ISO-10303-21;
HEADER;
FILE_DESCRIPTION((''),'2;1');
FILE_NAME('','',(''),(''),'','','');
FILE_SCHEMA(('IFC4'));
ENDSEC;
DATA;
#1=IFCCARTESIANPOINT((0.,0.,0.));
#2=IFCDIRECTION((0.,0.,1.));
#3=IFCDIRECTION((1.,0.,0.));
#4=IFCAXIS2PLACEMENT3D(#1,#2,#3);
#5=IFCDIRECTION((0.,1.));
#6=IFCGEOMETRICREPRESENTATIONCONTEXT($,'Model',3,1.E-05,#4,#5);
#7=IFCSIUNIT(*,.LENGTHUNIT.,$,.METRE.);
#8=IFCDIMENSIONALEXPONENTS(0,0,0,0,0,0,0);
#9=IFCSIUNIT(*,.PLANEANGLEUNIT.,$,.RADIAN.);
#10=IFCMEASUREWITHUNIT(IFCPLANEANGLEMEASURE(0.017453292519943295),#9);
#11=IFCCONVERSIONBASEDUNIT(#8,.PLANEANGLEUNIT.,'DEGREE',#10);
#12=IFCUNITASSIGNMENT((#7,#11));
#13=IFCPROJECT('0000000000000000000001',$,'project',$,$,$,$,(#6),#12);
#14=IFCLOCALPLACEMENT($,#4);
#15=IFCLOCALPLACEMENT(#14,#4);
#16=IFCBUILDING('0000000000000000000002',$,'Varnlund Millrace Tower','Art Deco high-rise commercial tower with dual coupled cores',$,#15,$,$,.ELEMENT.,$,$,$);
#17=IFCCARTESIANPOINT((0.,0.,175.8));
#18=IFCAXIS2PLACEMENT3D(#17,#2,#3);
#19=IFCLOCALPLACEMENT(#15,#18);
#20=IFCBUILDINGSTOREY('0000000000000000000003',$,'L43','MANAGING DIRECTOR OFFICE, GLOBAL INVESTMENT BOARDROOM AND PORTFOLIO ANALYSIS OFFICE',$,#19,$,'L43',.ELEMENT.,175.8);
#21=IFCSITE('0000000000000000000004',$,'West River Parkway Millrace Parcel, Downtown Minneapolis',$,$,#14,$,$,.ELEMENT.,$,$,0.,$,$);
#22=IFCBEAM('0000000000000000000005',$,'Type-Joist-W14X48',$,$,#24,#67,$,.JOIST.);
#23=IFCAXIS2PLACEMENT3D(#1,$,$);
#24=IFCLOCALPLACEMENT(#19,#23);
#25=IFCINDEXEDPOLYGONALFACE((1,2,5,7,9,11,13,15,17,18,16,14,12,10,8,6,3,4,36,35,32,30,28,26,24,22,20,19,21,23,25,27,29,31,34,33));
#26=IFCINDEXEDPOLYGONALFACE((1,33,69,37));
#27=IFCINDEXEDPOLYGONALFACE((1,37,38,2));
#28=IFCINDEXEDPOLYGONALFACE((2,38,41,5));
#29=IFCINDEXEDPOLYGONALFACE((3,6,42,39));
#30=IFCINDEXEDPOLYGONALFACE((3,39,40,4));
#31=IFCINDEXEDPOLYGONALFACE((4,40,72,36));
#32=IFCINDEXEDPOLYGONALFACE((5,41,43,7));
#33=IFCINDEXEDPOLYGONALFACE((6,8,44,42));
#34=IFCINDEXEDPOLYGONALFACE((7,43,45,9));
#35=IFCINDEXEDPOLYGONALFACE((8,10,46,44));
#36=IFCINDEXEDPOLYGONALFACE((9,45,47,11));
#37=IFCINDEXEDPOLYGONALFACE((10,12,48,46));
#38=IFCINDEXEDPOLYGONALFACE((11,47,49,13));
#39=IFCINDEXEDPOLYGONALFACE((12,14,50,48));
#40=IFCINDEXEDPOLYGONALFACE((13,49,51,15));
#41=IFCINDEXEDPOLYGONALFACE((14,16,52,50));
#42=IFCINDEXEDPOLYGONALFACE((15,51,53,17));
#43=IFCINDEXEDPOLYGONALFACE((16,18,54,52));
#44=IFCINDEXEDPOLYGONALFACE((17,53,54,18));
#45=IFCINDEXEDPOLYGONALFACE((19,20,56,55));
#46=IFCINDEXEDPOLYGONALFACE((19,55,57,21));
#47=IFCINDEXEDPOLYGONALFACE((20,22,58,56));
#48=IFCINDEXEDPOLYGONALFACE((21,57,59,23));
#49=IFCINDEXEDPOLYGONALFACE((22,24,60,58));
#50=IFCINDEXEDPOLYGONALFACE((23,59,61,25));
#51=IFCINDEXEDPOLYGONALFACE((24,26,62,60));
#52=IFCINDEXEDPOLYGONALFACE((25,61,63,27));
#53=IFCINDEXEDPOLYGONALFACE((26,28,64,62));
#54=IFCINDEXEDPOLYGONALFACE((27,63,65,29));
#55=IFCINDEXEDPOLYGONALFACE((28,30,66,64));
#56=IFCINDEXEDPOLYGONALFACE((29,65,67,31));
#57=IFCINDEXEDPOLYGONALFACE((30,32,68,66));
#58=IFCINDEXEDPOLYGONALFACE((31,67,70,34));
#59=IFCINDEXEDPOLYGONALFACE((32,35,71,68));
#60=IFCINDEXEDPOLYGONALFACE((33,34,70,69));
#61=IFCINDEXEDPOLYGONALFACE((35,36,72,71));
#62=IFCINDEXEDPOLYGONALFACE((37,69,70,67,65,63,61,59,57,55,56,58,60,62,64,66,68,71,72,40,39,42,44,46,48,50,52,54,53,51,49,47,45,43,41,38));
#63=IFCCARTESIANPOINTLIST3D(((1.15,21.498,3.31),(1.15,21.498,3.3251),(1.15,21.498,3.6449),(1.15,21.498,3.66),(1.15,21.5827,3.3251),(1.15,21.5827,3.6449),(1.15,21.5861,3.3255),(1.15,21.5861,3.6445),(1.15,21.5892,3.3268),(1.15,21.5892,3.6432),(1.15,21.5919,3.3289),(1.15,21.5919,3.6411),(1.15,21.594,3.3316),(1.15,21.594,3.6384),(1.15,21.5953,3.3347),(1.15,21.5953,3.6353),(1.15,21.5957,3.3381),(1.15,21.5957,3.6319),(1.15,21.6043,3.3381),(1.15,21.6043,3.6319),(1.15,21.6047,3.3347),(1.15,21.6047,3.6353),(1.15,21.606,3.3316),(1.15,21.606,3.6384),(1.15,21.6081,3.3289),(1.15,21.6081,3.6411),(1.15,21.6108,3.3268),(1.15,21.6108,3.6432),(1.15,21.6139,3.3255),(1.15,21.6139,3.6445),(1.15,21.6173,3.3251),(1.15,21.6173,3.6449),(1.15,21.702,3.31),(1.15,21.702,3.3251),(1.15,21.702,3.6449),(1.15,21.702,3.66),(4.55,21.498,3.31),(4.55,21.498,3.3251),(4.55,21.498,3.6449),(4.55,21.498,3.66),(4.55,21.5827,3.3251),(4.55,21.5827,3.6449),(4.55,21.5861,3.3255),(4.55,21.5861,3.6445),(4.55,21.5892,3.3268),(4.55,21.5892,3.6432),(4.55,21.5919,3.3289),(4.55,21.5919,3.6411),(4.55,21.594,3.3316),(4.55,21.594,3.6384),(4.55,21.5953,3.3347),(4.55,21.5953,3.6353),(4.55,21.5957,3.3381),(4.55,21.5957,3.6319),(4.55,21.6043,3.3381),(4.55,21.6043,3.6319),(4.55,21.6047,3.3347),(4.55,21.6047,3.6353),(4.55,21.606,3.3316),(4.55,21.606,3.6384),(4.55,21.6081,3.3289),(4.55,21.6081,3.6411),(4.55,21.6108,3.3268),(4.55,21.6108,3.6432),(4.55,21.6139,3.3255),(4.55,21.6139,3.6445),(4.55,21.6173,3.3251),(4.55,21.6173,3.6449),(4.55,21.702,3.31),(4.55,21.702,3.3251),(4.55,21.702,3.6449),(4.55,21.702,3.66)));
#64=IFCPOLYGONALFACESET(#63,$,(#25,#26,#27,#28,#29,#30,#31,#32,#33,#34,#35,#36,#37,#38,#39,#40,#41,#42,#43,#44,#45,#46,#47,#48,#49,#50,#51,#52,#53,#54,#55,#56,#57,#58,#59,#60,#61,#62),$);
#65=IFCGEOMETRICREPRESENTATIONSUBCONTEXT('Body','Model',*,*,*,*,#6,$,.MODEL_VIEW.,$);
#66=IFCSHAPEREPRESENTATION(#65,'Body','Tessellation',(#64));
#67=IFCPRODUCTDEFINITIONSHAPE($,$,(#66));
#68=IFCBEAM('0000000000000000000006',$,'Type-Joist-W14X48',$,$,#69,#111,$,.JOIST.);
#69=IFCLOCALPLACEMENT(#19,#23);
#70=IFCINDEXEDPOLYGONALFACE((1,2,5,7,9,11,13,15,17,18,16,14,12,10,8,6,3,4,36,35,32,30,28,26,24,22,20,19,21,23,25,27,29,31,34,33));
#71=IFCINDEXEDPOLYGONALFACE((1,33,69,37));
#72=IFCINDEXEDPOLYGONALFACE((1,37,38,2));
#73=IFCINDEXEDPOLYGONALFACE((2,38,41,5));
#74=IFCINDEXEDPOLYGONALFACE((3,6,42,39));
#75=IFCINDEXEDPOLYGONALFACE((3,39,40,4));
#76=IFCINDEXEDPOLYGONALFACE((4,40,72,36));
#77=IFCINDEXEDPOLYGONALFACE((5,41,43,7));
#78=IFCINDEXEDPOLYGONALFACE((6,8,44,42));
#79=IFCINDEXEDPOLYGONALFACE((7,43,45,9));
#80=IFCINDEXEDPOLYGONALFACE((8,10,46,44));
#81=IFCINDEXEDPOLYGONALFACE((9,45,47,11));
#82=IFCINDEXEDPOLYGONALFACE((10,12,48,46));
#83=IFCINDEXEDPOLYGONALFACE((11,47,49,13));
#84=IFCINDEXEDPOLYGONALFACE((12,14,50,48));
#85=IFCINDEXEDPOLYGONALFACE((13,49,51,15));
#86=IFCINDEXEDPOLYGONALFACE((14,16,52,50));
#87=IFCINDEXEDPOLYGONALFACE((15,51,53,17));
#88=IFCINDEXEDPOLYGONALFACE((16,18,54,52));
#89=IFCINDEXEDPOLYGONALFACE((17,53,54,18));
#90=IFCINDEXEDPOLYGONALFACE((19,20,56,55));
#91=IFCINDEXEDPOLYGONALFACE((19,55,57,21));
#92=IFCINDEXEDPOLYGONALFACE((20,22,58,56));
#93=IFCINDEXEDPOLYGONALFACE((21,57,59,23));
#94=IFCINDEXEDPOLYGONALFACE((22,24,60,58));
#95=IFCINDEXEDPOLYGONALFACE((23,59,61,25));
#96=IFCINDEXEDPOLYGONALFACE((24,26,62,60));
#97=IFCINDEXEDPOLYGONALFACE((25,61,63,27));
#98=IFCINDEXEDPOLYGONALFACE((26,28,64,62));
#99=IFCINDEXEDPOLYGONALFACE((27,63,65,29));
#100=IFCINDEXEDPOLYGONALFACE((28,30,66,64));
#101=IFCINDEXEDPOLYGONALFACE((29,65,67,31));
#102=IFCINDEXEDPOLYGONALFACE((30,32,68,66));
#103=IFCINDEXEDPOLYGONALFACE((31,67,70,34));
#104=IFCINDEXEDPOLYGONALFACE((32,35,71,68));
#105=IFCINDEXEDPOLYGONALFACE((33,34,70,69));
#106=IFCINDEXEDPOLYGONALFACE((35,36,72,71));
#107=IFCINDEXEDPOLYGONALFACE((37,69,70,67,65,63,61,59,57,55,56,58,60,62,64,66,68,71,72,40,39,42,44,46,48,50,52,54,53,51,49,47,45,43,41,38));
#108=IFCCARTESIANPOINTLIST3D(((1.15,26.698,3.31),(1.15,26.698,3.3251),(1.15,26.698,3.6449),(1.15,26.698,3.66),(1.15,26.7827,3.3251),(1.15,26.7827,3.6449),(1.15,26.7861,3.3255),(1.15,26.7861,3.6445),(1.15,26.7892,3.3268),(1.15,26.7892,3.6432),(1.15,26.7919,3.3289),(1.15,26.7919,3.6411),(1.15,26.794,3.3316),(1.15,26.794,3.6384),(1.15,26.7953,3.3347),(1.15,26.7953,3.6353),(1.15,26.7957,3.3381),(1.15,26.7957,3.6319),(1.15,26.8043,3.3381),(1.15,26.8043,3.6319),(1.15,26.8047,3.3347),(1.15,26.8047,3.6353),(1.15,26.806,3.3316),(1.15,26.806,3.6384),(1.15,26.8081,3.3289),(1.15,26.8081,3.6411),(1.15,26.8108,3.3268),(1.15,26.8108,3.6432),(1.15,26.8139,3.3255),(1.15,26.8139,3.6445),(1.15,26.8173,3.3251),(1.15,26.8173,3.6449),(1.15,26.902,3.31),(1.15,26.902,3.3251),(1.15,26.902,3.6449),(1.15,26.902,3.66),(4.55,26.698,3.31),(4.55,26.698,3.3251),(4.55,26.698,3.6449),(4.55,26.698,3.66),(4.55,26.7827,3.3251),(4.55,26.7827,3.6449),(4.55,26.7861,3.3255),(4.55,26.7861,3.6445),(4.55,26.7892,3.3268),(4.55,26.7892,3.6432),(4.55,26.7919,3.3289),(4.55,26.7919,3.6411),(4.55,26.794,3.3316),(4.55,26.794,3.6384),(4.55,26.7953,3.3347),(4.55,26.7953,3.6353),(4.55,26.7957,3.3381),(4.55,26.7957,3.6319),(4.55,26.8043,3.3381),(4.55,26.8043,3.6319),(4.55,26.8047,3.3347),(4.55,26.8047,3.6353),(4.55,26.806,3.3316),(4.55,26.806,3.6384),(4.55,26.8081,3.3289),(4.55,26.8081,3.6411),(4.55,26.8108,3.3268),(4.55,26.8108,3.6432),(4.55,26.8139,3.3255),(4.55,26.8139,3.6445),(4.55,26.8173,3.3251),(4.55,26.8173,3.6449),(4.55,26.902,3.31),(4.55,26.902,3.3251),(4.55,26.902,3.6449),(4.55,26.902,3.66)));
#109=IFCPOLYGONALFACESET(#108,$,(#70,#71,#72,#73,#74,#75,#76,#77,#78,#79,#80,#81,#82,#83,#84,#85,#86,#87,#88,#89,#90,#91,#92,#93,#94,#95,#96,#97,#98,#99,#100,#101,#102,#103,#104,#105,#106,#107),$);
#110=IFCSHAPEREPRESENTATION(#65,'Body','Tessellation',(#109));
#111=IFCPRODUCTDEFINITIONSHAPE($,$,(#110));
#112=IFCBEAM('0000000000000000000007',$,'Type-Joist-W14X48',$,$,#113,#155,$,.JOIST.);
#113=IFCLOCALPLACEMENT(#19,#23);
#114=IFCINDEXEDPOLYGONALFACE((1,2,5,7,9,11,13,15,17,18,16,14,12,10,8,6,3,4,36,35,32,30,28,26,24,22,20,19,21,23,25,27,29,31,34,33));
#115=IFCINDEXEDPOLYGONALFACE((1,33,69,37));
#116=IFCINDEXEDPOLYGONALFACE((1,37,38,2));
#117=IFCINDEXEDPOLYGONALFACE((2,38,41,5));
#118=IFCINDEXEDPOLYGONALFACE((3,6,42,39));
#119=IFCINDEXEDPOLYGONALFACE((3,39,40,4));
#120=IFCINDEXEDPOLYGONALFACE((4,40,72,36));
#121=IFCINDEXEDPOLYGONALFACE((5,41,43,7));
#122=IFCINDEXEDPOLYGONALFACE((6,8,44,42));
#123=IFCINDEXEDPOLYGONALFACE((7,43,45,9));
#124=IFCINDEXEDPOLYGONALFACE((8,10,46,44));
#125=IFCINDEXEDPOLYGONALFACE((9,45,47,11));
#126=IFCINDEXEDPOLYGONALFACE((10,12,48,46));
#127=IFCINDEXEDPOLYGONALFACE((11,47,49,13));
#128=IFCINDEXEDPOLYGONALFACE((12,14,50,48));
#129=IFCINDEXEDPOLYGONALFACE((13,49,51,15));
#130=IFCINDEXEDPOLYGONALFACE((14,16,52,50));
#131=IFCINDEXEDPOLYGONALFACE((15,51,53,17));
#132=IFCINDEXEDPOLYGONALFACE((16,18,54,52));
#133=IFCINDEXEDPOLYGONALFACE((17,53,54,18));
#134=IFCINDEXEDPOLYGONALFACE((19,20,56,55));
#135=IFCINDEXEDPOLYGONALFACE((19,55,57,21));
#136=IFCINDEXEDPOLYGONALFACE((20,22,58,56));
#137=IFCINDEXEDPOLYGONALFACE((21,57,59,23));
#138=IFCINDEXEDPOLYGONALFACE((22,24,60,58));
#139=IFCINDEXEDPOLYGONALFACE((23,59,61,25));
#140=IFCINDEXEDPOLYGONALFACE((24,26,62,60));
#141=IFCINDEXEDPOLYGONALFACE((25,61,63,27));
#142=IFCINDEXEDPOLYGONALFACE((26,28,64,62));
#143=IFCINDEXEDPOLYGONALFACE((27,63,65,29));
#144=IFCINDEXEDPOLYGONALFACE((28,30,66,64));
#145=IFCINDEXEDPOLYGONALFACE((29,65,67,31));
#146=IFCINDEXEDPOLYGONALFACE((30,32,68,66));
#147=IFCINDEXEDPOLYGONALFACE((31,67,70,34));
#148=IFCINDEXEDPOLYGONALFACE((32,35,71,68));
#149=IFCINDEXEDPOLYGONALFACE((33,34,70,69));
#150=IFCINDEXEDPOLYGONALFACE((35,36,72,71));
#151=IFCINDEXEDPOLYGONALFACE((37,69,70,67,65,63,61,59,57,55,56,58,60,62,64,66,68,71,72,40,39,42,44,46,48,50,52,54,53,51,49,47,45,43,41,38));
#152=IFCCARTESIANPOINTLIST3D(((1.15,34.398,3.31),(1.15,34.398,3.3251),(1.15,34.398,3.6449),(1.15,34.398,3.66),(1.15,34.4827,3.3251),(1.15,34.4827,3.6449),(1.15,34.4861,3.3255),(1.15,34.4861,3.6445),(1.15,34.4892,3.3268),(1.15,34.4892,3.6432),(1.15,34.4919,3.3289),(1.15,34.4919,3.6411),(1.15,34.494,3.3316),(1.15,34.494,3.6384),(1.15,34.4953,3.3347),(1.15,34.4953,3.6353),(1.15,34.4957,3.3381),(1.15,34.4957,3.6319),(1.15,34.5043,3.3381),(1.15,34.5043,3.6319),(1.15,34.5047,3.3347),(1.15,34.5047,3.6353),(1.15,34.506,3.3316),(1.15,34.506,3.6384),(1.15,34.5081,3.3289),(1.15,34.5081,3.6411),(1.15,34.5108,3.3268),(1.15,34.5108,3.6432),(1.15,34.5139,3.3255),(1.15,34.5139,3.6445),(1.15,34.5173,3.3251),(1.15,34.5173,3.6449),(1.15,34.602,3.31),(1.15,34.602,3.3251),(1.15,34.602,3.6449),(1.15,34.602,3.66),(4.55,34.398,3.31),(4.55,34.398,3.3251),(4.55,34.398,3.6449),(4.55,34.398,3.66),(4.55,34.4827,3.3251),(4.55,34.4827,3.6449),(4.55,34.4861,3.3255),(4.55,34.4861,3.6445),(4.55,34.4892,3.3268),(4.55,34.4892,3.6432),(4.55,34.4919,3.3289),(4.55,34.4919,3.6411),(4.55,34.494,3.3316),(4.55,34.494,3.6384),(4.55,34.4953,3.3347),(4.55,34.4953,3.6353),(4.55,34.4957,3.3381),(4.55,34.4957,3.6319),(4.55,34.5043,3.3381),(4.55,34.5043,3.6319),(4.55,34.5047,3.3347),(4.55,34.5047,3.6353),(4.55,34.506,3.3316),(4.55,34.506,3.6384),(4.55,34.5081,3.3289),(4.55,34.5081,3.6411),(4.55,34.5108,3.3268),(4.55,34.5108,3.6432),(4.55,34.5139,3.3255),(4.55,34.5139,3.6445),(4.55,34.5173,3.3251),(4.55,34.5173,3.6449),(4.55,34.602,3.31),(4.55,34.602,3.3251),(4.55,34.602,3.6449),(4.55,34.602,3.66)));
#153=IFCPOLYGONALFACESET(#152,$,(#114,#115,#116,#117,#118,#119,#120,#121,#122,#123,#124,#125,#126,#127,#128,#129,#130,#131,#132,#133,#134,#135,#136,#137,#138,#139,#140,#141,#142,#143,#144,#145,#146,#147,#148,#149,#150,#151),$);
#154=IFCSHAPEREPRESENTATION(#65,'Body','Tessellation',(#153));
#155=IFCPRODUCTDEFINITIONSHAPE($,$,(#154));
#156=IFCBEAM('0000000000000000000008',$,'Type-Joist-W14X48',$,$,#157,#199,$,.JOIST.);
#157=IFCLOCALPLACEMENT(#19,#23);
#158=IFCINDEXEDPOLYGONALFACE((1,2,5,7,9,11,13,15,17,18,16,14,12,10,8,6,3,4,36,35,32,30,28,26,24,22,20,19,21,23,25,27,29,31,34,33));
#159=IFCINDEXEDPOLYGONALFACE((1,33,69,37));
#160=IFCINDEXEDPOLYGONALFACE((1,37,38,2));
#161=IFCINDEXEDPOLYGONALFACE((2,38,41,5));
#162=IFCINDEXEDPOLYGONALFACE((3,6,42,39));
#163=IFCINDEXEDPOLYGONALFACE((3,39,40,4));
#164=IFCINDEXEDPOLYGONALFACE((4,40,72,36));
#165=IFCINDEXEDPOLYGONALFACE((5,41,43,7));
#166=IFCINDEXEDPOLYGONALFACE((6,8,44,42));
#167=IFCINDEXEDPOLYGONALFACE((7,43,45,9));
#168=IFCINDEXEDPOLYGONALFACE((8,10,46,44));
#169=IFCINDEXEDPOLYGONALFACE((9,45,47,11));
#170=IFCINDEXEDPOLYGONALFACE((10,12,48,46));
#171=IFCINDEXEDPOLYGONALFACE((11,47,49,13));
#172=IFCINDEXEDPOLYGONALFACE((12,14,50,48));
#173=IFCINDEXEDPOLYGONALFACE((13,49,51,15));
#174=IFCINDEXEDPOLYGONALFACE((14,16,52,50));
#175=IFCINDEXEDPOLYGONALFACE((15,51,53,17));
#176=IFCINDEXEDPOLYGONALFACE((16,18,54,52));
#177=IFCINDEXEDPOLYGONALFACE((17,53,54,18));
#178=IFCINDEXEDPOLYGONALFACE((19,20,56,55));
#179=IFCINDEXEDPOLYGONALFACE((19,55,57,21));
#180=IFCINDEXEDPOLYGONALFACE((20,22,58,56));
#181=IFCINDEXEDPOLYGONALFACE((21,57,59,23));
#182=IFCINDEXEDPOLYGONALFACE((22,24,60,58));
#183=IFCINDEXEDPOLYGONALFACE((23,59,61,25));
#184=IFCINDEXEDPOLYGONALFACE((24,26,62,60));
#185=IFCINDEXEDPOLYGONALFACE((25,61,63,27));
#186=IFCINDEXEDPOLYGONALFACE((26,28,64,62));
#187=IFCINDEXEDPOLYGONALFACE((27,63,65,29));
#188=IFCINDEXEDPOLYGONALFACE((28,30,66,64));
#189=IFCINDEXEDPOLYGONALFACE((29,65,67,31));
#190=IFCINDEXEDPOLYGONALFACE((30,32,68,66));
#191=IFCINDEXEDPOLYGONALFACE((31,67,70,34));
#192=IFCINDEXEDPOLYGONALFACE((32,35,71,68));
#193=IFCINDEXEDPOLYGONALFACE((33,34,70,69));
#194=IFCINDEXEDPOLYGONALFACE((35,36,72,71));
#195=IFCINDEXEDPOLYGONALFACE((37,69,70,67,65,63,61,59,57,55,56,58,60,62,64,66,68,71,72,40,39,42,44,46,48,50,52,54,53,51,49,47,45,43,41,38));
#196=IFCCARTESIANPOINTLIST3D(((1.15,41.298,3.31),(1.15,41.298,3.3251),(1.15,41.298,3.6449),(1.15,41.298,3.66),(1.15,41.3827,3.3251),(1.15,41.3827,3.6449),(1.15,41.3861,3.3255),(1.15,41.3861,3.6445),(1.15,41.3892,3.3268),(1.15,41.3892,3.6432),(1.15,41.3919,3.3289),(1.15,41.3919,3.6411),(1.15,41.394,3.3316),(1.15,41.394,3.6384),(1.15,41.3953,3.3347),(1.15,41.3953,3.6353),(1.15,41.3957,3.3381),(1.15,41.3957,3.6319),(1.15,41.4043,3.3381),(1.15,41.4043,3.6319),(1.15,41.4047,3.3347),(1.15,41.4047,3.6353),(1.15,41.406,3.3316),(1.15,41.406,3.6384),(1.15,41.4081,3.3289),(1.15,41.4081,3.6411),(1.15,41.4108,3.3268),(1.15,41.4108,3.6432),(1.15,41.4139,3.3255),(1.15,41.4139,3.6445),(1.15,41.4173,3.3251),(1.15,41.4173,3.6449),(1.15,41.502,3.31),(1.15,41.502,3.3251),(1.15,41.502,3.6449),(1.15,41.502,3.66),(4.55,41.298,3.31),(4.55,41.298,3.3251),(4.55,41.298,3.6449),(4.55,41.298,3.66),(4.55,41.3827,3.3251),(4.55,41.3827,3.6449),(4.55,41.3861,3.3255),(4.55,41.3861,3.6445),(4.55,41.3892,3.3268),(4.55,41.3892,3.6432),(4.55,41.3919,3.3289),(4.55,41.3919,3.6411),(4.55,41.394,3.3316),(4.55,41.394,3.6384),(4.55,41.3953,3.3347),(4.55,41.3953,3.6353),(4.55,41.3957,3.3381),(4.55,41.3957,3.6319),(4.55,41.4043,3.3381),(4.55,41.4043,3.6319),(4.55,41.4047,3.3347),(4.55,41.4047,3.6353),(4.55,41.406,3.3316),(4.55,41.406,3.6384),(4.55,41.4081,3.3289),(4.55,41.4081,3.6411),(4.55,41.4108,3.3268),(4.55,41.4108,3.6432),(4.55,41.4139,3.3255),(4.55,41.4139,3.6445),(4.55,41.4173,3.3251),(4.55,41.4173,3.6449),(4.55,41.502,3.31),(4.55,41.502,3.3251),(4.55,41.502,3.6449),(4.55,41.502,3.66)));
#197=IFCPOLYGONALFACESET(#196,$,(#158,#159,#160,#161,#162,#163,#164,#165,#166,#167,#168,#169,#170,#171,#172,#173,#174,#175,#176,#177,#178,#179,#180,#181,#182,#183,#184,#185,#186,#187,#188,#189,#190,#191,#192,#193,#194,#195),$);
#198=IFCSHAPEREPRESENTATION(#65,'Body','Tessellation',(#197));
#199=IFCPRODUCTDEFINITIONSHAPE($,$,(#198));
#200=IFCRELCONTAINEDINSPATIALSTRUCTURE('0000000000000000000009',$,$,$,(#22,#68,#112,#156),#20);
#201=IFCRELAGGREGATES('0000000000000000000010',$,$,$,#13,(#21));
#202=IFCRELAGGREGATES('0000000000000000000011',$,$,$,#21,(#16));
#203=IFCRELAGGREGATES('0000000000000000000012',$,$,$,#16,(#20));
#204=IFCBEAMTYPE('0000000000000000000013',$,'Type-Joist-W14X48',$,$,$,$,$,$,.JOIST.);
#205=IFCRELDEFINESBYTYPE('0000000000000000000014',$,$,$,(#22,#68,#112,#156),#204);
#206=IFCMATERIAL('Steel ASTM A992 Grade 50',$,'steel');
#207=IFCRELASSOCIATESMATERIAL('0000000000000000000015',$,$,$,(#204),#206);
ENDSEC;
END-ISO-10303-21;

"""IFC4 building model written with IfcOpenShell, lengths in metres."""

from ifc_helpers import new_model, entity, si_unit, converted_unit, direction, frame, origin_with_axes, origin_2d_with_axis, place, context, subcontext, project, spatial, i_section, extrude, material, material_profile, profile_set, type_object, element, save


model = new_model("IFC4")

# Units and contexts
model_context = context("Model", 3, precision=1e-05, world=origin_with_axes(), true_north=direction((0.0, 1.0)))
body_context = subcontext(model_context, "Body", "Model", "MODEL_VIEW")
ifc_project = project(units=[si_unit("LENGTHUNIT", "METRE"), converted_unit("PLANEANGLEUNIT", "DEGREE", entity("IfcPlaneAngleMeasure", 0.017453292519943295), si_unit("PLANEANGLEUNIT", "RADIAN"), dimensions=[0, 0, 0, 0, 0, 0, 0])], contexts=[model_context])

# Site, building, storey
site_placement = place(None, origin_with_axes())
site = spatial("IfcSite", under=ifc_project, at=site_placement, Name="West River Parkway Millrace Parcel, Downtown Minneapolis", CompositionType="ELEMENT", RefElevation=0.0)
building_placement = place(site_placement, origin_with_axes())
building = spatial("IfcBuilding", under=site, at=building_placement, Name="Varnlund Millrace Tower", Description="Art Deco high-rise commercial tower with dual coupled cores", CompositionType="ELEMENT")
storey_placement = place(building_placement, frame((0.0, 0.0, 175.8), z_axis=(0.0, 0.0, 1.0), x_axis=(1.0, 0.0, 0.0)))
storey = spatial("IfcBuildingStorey", under=building, at=storey_placement, Name="L43", Description="MANAGING DIRECTOR OFFICE, GLOBAL INVESTMENT BOARDROOM AND PORTFOLIO ANALYSIS OFFICE", LongName="L43", CompositionType="ELEMENT", Elevation=175.8)

# Beams
ifc_material_1 = material(Name="Steel ASTM A992 Grade 50", Category="steel")
ifc_material_profile_1 = material_profile(ifc_material_1, i_section(OverallWidth=0.204, OverallDepth=0.35, WebThickness=0.0086, FlangeThickness=0.0151, FilletRadius=0.013, at=origin_2d_with_axis()), Name="Steel ASTM A992 Grade 50")
ifc_profile_set_1 = profile_set([ifc_material_profile_1], Name="Steel ASTM A992 Grade 50")
beam_type_1 = type_object("IfcBeamType", Name="Type-Joist-W14X48", PredefinedType="JOIST", material=ifc_profile_set_1)
for number, where, z_axis, x_axis, name in (
    (1, (1.15, 21.6, 3.485), (1.0, 0.0, 0.0), (0.0, 1.0, 0.0), "Type-Joist-W14X48"),
    (2, (1.15, 26.8, 3.485), (1.0, 0.0, 0.0), (0.0, 1.0, 0.0), "Type-Joist-W14X48"),
    (3, (1.15, 34.5, 3.485), (1.0, 0.0, 0.0), (0.0, 1.0, 0.0), "Type-Joist-W14X48"),
    (4, (1.15, 41.4, 3.485), (1.0, 0.0, 0.0), (0.0, 1.0, 0.0), "Type-Joist-W14X48"),
):
    element("IfcBeam", number, at=place(storey_placement, frame(where, z_axis=z_axis, x_axis=x_axis)), inside=storey, type_object=beam_type_1, Name=name, PredefinedType="JOIST", context=body_context, shape_type="SweptSolid", body=[
        extrude(i_section(OverallWidth=0.204, OverallDepth=0.35, WebThickness=0.0086, FlangeThickness=0.0151, FilletRadius=0.013, at=origin_2d_with_axis()), origin_with_axes(), (0.0, 0.0, 1.0), 3.4),
    ])

save(model, "model.ifc")
